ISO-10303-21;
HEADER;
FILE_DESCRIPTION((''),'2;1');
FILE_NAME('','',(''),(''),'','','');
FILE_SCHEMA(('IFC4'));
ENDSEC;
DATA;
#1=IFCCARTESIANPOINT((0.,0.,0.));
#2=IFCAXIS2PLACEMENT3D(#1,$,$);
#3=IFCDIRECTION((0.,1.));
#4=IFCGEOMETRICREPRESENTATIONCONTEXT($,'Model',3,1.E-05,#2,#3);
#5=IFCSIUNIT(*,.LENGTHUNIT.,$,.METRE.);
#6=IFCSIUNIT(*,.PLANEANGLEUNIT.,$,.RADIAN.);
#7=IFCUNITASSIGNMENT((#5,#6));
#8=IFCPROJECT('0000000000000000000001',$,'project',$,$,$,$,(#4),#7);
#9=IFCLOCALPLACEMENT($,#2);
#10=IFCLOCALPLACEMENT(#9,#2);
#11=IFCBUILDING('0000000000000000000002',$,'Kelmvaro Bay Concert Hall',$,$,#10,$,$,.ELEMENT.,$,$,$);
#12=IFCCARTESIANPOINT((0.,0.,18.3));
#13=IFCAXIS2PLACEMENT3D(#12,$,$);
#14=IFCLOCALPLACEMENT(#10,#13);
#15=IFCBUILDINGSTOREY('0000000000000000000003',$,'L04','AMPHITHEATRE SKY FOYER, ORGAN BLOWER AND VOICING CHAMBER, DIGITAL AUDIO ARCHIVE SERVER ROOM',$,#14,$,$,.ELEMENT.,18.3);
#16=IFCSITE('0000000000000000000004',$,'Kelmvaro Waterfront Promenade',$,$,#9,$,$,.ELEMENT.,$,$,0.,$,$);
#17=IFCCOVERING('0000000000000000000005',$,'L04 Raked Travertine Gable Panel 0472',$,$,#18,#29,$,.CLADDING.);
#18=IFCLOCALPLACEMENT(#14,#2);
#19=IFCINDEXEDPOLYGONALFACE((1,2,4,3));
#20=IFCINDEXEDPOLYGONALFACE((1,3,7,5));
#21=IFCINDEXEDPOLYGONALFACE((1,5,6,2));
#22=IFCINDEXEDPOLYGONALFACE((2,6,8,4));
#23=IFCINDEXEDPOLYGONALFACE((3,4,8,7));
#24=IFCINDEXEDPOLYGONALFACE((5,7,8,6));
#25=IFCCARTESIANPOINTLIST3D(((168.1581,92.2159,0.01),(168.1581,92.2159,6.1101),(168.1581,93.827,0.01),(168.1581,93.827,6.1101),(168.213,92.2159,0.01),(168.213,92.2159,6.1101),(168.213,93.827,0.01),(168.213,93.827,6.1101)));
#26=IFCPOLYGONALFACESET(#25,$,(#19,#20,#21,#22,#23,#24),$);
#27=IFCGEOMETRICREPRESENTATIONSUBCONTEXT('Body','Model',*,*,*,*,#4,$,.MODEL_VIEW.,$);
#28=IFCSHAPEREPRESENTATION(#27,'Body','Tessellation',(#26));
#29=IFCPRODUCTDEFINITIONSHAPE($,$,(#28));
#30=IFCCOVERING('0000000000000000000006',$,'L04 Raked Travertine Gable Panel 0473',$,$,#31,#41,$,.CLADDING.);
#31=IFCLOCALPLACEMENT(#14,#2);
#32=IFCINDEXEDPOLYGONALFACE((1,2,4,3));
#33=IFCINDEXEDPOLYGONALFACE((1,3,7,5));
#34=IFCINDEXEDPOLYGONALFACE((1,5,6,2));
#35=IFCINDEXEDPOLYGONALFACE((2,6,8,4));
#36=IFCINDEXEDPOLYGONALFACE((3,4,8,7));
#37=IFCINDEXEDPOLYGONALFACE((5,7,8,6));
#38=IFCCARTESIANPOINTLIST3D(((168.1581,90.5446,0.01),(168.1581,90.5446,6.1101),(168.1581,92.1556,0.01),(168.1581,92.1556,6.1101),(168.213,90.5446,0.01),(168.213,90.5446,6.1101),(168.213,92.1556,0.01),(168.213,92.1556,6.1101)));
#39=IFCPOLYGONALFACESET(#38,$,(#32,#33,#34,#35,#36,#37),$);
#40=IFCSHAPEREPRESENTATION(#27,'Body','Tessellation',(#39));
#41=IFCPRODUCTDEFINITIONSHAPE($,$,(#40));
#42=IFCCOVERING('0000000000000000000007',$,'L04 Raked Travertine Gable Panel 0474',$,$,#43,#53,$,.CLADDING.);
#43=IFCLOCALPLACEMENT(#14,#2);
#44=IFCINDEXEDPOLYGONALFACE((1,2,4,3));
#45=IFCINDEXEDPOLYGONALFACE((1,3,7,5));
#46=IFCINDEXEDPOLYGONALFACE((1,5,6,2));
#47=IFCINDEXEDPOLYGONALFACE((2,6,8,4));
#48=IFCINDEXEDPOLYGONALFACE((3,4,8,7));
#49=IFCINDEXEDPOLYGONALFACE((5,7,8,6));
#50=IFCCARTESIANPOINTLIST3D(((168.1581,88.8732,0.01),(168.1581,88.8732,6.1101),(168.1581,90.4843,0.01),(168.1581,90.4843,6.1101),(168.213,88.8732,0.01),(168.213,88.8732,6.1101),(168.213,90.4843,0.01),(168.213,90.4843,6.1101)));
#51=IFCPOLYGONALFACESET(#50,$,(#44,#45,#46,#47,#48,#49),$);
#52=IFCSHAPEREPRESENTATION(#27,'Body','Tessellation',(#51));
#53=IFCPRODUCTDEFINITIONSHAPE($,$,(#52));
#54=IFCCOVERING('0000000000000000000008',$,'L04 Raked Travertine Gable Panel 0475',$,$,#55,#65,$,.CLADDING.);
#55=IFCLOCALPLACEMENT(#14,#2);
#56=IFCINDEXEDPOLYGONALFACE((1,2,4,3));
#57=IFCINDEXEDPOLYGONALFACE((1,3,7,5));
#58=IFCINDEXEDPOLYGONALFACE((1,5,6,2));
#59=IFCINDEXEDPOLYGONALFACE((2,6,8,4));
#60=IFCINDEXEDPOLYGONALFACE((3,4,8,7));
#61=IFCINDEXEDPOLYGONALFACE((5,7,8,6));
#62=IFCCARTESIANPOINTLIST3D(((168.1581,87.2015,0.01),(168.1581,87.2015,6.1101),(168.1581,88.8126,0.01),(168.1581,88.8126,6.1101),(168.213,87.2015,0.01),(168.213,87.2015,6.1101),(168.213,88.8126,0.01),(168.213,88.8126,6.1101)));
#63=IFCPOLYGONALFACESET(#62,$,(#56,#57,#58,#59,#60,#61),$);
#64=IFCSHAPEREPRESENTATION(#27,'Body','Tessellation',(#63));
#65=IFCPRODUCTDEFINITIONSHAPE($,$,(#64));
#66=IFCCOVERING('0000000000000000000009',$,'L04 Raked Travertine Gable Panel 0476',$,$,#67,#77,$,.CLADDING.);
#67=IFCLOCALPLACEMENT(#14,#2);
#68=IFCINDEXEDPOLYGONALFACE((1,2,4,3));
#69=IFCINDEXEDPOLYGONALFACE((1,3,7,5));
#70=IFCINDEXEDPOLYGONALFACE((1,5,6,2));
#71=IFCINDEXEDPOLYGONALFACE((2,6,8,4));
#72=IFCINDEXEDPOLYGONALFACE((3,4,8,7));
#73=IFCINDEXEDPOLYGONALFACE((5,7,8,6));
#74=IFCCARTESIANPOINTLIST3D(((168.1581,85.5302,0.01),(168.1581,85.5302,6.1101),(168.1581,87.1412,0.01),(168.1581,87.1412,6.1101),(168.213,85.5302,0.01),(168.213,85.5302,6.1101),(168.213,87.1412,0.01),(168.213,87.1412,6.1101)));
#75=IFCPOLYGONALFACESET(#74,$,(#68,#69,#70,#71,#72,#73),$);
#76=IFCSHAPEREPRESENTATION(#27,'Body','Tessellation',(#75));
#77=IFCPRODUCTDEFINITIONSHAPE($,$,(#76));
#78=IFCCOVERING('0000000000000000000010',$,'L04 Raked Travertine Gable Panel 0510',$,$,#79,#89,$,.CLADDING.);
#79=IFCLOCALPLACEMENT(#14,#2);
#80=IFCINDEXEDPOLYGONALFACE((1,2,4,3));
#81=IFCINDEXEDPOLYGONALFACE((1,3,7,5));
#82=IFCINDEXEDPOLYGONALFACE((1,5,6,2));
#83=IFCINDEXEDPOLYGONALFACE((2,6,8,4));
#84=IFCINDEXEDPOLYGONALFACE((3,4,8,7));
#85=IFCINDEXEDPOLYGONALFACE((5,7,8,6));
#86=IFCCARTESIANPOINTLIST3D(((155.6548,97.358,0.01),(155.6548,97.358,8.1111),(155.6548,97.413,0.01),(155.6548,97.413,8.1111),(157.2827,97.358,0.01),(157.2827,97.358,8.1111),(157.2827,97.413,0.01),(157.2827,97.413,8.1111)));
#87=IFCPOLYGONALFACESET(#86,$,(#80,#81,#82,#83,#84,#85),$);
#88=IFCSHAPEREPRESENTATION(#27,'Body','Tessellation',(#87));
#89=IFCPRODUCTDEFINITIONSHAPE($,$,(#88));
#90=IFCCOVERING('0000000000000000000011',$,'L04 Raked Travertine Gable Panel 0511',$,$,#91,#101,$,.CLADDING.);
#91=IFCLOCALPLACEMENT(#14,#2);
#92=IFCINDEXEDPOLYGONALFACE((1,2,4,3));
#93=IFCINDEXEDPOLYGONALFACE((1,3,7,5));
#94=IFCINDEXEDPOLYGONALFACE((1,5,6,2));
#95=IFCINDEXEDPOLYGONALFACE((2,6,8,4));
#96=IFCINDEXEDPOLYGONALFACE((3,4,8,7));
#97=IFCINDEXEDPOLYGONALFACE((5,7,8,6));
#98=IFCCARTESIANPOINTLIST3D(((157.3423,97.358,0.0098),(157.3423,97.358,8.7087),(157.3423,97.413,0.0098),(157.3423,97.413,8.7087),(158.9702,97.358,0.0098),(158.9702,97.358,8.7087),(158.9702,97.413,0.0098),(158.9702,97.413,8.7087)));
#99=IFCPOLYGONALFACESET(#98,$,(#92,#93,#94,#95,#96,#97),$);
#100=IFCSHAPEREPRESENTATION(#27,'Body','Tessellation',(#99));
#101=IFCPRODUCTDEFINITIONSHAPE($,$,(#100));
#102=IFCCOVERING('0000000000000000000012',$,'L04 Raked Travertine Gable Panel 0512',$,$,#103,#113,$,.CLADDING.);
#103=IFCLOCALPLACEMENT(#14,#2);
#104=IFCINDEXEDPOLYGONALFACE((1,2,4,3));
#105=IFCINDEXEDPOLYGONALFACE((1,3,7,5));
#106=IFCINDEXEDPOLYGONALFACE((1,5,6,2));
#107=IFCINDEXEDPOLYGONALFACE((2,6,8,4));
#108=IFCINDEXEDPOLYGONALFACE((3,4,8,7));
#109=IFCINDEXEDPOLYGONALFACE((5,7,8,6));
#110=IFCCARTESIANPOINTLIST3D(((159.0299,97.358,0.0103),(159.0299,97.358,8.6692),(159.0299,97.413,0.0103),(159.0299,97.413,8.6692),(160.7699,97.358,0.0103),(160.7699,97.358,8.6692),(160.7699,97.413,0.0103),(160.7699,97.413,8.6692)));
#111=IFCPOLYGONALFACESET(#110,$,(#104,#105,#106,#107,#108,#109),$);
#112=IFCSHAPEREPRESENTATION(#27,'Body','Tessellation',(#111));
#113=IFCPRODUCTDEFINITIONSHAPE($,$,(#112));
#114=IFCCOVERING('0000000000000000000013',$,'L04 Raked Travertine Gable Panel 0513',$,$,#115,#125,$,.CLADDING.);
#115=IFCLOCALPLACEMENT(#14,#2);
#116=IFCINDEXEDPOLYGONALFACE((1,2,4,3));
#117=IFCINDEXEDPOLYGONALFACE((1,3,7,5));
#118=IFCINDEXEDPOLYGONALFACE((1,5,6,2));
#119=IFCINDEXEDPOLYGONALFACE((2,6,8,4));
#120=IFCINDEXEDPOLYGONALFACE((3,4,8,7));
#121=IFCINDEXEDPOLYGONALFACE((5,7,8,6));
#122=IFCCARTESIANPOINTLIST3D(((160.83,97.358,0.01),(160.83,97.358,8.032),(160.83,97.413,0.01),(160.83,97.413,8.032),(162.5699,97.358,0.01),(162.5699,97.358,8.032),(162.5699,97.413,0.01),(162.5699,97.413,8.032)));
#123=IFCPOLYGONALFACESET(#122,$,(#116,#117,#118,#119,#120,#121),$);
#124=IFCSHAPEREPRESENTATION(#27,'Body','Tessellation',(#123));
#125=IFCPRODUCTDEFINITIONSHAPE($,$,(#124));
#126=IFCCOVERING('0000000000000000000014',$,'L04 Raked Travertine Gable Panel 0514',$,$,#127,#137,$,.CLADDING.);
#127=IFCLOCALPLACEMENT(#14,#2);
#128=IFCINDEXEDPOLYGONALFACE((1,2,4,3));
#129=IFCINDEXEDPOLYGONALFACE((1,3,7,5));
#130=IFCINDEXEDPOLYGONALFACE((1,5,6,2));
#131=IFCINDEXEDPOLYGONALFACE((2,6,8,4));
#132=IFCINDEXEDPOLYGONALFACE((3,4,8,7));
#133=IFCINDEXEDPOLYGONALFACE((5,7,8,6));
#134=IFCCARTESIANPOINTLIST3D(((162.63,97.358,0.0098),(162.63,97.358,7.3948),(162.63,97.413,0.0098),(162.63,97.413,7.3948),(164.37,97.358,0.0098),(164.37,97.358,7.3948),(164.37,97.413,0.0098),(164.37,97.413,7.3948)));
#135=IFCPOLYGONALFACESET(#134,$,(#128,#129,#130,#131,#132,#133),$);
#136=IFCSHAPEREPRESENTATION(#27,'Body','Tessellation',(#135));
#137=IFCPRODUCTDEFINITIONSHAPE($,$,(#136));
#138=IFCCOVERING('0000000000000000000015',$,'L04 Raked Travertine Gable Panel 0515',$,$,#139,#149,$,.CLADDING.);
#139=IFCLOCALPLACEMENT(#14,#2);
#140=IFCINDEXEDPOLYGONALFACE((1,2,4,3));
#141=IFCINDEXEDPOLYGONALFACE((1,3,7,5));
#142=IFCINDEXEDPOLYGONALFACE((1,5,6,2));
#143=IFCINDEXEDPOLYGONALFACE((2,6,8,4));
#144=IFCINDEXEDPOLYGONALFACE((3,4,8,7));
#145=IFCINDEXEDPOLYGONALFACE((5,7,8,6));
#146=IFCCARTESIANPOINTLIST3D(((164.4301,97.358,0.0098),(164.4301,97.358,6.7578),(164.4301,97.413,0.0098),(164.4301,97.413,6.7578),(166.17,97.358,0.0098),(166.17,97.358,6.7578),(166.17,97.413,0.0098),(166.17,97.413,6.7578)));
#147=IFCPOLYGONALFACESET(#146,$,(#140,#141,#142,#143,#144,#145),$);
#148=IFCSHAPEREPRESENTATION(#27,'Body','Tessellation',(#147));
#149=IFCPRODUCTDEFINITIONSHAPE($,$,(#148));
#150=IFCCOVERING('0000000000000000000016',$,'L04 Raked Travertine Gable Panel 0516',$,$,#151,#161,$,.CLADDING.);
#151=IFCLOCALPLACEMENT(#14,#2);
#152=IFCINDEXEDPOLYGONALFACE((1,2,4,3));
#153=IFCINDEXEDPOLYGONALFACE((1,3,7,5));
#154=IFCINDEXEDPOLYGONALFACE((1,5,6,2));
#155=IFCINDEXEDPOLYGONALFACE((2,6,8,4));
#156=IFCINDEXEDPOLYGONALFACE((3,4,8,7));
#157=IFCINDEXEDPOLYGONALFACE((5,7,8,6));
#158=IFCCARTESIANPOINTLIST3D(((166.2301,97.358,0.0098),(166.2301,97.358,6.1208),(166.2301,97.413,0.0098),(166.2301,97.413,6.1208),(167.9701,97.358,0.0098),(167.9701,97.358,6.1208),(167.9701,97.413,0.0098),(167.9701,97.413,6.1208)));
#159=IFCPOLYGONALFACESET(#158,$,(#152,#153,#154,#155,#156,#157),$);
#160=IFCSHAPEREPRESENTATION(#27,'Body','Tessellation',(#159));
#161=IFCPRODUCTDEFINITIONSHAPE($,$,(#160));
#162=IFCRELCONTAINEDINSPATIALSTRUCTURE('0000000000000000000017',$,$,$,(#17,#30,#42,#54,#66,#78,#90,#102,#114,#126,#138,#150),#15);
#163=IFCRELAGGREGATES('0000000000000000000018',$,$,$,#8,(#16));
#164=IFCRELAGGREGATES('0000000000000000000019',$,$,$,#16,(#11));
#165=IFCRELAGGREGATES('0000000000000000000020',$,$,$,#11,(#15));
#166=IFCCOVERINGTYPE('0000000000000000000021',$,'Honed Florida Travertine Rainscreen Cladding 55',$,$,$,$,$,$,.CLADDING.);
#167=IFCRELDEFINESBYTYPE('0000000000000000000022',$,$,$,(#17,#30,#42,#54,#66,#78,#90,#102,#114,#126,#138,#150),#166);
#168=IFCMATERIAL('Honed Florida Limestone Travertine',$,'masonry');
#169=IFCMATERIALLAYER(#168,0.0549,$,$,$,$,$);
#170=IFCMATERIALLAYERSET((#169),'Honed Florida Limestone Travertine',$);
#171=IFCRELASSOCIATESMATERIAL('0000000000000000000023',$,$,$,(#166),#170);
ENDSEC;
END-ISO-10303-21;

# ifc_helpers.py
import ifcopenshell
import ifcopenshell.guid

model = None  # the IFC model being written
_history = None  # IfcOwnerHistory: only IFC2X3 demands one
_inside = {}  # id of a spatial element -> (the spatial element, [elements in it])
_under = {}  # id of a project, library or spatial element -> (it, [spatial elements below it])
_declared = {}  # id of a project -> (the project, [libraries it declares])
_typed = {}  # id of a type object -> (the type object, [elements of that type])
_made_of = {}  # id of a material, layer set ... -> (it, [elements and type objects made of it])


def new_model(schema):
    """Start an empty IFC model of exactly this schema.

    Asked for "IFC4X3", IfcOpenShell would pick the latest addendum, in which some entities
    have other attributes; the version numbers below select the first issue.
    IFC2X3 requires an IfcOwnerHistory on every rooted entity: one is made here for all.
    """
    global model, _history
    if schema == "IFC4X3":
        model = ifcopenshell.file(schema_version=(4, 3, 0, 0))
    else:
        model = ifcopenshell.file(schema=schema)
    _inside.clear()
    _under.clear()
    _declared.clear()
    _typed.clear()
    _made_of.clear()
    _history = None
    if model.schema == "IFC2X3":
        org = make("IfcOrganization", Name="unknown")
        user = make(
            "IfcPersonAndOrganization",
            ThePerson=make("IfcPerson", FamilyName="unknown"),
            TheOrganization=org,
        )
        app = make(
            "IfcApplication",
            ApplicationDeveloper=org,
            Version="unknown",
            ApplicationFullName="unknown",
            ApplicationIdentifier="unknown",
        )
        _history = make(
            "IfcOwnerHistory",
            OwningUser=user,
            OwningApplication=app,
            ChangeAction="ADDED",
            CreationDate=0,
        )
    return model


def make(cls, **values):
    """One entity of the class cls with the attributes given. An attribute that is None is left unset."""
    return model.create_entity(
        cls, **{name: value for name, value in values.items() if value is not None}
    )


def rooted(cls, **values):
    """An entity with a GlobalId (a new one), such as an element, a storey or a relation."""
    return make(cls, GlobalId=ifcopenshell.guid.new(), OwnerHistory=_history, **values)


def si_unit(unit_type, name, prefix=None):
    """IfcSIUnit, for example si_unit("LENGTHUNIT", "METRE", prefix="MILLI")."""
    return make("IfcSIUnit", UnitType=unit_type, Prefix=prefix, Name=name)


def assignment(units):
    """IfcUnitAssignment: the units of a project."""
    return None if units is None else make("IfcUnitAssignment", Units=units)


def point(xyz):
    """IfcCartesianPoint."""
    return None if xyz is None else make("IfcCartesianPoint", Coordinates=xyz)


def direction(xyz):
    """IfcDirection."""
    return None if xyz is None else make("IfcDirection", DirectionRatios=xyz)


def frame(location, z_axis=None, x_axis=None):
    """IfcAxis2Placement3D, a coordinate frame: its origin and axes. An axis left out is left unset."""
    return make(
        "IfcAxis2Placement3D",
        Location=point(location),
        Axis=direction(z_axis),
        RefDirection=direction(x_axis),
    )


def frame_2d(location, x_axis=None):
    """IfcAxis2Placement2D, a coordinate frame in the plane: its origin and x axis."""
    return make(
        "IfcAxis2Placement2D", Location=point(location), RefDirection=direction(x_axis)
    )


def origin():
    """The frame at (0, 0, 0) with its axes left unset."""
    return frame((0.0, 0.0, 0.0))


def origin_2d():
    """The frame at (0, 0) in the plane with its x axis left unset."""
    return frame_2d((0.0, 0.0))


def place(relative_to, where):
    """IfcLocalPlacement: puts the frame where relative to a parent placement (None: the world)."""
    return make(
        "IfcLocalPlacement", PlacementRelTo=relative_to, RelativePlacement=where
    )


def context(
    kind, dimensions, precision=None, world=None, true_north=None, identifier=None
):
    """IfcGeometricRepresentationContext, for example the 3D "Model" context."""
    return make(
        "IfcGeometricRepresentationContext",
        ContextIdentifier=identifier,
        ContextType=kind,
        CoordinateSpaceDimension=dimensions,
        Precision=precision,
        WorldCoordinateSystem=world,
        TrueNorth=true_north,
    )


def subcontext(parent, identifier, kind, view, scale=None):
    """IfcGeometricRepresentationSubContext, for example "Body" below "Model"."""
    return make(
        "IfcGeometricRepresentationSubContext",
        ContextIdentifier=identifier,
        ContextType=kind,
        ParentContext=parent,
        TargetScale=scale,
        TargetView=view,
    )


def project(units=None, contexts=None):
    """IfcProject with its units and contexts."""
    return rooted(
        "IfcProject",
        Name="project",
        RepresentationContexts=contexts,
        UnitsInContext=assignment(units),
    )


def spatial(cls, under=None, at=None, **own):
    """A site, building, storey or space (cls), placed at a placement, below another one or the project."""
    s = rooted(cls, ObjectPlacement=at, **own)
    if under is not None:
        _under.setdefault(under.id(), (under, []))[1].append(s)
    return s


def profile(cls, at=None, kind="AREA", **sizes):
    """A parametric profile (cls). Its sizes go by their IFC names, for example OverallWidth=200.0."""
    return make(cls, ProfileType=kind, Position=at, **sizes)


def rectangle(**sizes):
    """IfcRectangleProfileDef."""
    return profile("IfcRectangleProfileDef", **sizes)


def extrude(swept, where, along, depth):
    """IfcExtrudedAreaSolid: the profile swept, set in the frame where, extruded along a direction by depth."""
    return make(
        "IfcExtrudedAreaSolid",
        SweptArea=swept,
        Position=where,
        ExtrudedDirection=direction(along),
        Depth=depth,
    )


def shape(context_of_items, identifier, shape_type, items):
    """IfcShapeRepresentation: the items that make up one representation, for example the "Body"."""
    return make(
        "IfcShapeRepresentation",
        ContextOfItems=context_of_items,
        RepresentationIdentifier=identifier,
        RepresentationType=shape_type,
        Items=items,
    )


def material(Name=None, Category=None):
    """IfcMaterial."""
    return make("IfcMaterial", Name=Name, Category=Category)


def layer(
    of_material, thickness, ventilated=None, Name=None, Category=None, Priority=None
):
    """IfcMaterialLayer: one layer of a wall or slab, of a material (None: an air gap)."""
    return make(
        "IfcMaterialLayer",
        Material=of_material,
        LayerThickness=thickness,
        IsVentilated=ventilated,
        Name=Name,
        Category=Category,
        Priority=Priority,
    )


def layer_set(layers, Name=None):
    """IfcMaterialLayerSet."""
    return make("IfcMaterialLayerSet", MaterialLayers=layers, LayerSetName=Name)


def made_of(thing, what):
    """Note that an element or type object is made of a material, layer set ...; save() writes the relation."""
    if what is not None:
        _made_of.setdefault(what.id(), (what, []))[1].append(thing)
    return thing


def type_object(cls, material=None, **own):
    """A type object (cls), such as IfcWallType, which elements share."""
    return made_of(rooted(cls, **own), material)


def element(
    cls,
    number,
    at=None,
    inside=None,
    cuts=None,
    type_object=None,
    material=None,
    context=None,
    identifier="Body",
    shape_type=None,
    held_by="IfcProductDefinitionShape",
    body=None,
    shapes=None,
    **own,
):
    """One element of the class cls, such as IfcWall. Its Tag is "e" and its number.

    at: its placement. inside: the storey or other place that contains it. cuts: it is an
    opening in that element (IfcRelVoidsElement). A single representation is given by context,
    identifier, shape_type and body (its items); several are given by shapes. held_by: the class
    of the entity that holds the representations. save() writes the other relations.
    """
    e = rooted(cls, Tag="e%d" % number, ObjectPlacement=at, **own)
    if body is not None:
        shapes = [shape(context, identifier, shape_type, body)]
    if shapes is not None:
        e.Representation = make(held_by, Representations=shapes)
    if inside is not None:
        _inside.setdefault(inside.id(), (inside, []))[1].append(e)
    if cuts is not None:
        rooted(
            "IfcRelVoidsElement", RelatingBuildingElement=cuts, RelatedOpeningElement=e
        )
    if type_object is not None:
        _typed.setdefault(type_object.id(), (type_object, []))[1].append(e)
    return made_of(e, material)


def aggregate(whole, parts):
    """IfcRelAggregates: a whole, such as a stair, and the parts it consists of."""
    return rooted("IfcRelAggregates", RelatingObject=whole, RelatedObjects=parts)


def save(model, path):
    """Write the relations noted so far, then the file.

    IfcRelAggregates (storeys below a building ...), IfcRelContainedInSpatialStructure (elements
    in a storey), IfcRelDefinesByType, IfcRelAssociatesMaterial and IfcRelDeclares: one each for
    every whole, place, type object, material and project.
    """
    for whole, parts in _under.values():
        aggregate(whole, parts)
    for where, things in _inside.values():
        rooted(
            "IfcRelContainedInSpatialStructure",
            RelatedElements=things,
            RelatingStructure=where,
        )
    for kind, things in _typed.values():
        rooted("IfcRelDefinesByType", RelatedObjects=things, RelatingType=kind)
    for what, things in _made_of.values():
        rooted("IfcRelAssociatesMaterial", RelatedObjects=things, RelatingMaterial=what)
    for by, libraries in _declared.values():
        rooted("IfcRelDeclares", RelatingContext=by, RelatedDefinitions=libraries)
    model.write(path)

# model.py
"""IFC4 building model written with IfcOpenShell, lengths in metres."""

from ifc_helpers import new_model, si_unit, direction, frame, origin, origin_2d, place, context, subcontext, project, spatial, rectangle, extrude, material, layer, layer_set, type_object, element, save


model = new_model("IFC4")

# Units and contexts
model_context = context("Model", 3, precision=1e-05, world=origin(), true_north=direction((0.0, 1.0)))
body_context = subcontext(model_context, "Body", "Model", "MODEL_VIEW")
ifc_project = project(units=[si_unit("LENGTHUNIT", "METRE"), si_unit("PLANEANGLEUNIT", "RADIAN")], contexts=[model_context])

# Site, building, storey
site_placement = place(None, origin())
site = spatial("IfcSite", under=ifc_project, at=site_placement, Name="Kelmvaro Waterfront Promenade", CompositionType="ELEMENT", RefElevation=0.0)
building_placement = place(site_placement, origin())
building = spatial("IfcBuilding", under=site, at=building_placement, Name="Kelmvaro Bay Concert Hall", CompositionType="ELEMENT")
storey_placement = place(building_placement, frame((0.0, 0.0, 18.3)))
storey = spatial("IfcBuildingStorey", under=building, at=storey_placement, Name="L04", Description="AMPHITHEATRE SKY FOYER, ORGAN BLOWER AND VOICING CHAMBER, DIGITAL AUDIO ARCHIVE SERVER ROOM", CompositionType="ELEMENT", Elevation=18.3)

# Coverings
ifc_material_1 = material(Name="Honed Florida Limestone Travertine", Category="masonry")
ifc_layer_1 = layer(ifc_material_1, 0.0549)
ifc_layer_set_1 = layer_set([ifc_layer_1], Name="Honed Florida Limestone Travertine")
covering_type = type_object("IfcCoveringType", Name="Honed Florida Travertine Rainscreen Cladding 55", PredefinedType="CLADDING", material=ifc_layer_set_1)
for number, where, z_axis, x_axis, name in (
    (1, (168.1855, 93.0215, 0.01), (0.0, 0.0, 1.0), (0.0, -1.0, 0.0), "L04 Raked Travertine Gable Panel 0472"),
    (2, (168.1855, 91.3501, 0.01), (0.0, 0.0, 1.0), (0.0, -1.0, 0.0), "L04 Raked Travertine Gable Panel 0473"),
    (3, (168.1855, 89.6787, 0.01), (0.0, 0.0, 1.0), (0.0, -1.0, 0.0), "L04 Raked Travertine Gable Panel 0474"),
    (4, (168.1855, 88.0071, 0.01), (0.0, 0.0, 1.0), (0.0, -1.0, 0.0), "L04 Raked Travertine Gable Panel 0475"),
    (5, (168.1855, 86.3357, 0.01), (0.0, 0.0, 1.0), (0.0, -1.0, 0.0), "L04 Raked Travertine Gable Panel 0476"),
):
    element("IfcCovering", number, at=place(storey_placement, frame(where, z_axis=z_axis, x_axis=x_axis)), inside=storey, type_object=covering_type, Name=name, PredefinedType="CLADDING", context=body_context, shape_type="SweptSolid", body=[
        extrude(rectangle(XDim=1.6111, YDim=0.0549, at=origin_2d()), origin(), (0.0, 0.0, 1.0), 6.1001),
    ])
covering_1_placement = place(storey_placement, frame((156.4688, 97.3855, 0.01), z_axis=(0.0, 0.0, 1.0), x_axis=(1.0, 0.0, 0.0)))
element("IfcCovering", 6, at=covering_1_placement, inside=storey, type_object=covering_type, Name="L04 Raked Travertine Gable Panel 0510", PredefinedType="CLADDING", context=body_context, shape_type="SweptSolid", body=[
    extrude(rectangle(XDim=1.6279, YDim=0.0549, at=origin_2d()), origin(), (0.0, 0.0, 1.0), 8.1011),
])
covering_2_placement = place(storey_placement, frame((158.1562, 97.3855, 0.0098), z_axis=(0.0, 0.0, 1.0), x_axis=(1.0, 0.0, 0.0)))
element("IfcCovering", 7, at=covering_2_placement, inside=storey, type_object=covering_type, Name="L04 Raked Travertine Gable Panel 0511", PredefinedType="CLADDING", context=body_context, shape_type="SweptSolid", body=[
    extrude(rectangle(XDim=1.6279, YDim=0.0549, at=origin_2d()), origin(), (0.0, 0.0, 1.0), 8.699),
])
covering_3_placement = place(storey_placement, frame((159.8999, 97.3855, 0.0103), z_axis=(0.0, 0.0, 1.0), x_axis=(1.0, 0.0, 0.0)))
element("IfcCovering", 8, at=covering_3_placement, inside=storey, type_object=covering_type, Name="L04 Raked Travertine Gable Panel 0512", PredefinedType="CLADDING", context=body_context, shape_type="SweptSolid", body=[
    extrude(rectangle(XDim=1.74, YDim=0.0549, at=origin_2d()), origin(), (0.0, 0.0, 1.0), 8.6589),
])
covering_4_placement = place(storey_placement, frame((161.7, 97.3855, 0.01), z_axis=(0.0, 0.0, 1.0), x_axis=(1.0, 0.0, 0.0)))
element("IfcCovering", 9, at=covering_4_placement, inside=storey, type_object=covering_type, Name="L04 Raked Travertine Gable Panel 0513", PredefinedType="CLADDING", context=body_context, shape_type="SweptSolid", body=[
    extrude(rectangle(XDim=1.74, YDim=0.0549, at=origin_2d()), origin(), (0.0, 0.0, 1.0), 8.022),
])
covering_5_placement = place(storey_placement, frame((163.5, 97.3855, 0.0098), z_axis=(0.0, 0.0, 1.0), x_axis=(1.0, 0.0, 0.0)))
element("IfcCovering", 10, at=covering_5_placement, inside=storey, type_object=covering_type, Name="L04 Raked Travertine Gable Panel 0514", PredefinedType="CLADDING", context=body_context, shape_type="SweptSolid", body=[
    extrude(rectangle(XDim=1.74, YDim=0.0549, at=origin_2d()), origin(), (0.0, 0.0, 1.0), 7.385),
])
covering_6_placement = place(storey_placement, frame((165.3, 97.3855, 0.0098), z_axis=(0.0, 0.0, 1.0), x_axis=(1.0, 0.0, 0.0)))
element("IfcCovering", 11, at=covering_6_placement, inside=storey, type_object=covering_type, Name="L04 Raked Travertine Gable Panel 0515", PredefinedType="CLADDING", context=body_context, shape_type="SweptSolid", body=[
    extrude(rectangle(XDim=1.74, YDim=0.0549, at=origin_2d()), origin(), (0.0, 0.0, 1.0), 6.748),
])
covering_7_placement = place(storey_placement, frame((167.1001, 97.3855, 0.0098), z_axis=(0.0, 0.0, 1.0), x_axis=(1.0, 0.0, 0.0)))
element("IfcCovering", 12, at=covering_7_placement, inside=storey, type_object=covering_type, Name="L04 Raked Travertine Gable Panel 0516", PredefinedType="CLADDING", context=body_context, shape_type="SweptSolid", body=[
    extrude(rectangle(XDim=1.74, YDim=0.0549, at=origin_2d()), origin(), (0.0, 0.0, 1.0), 6.1111),
])

save(model, "model.ifc")
